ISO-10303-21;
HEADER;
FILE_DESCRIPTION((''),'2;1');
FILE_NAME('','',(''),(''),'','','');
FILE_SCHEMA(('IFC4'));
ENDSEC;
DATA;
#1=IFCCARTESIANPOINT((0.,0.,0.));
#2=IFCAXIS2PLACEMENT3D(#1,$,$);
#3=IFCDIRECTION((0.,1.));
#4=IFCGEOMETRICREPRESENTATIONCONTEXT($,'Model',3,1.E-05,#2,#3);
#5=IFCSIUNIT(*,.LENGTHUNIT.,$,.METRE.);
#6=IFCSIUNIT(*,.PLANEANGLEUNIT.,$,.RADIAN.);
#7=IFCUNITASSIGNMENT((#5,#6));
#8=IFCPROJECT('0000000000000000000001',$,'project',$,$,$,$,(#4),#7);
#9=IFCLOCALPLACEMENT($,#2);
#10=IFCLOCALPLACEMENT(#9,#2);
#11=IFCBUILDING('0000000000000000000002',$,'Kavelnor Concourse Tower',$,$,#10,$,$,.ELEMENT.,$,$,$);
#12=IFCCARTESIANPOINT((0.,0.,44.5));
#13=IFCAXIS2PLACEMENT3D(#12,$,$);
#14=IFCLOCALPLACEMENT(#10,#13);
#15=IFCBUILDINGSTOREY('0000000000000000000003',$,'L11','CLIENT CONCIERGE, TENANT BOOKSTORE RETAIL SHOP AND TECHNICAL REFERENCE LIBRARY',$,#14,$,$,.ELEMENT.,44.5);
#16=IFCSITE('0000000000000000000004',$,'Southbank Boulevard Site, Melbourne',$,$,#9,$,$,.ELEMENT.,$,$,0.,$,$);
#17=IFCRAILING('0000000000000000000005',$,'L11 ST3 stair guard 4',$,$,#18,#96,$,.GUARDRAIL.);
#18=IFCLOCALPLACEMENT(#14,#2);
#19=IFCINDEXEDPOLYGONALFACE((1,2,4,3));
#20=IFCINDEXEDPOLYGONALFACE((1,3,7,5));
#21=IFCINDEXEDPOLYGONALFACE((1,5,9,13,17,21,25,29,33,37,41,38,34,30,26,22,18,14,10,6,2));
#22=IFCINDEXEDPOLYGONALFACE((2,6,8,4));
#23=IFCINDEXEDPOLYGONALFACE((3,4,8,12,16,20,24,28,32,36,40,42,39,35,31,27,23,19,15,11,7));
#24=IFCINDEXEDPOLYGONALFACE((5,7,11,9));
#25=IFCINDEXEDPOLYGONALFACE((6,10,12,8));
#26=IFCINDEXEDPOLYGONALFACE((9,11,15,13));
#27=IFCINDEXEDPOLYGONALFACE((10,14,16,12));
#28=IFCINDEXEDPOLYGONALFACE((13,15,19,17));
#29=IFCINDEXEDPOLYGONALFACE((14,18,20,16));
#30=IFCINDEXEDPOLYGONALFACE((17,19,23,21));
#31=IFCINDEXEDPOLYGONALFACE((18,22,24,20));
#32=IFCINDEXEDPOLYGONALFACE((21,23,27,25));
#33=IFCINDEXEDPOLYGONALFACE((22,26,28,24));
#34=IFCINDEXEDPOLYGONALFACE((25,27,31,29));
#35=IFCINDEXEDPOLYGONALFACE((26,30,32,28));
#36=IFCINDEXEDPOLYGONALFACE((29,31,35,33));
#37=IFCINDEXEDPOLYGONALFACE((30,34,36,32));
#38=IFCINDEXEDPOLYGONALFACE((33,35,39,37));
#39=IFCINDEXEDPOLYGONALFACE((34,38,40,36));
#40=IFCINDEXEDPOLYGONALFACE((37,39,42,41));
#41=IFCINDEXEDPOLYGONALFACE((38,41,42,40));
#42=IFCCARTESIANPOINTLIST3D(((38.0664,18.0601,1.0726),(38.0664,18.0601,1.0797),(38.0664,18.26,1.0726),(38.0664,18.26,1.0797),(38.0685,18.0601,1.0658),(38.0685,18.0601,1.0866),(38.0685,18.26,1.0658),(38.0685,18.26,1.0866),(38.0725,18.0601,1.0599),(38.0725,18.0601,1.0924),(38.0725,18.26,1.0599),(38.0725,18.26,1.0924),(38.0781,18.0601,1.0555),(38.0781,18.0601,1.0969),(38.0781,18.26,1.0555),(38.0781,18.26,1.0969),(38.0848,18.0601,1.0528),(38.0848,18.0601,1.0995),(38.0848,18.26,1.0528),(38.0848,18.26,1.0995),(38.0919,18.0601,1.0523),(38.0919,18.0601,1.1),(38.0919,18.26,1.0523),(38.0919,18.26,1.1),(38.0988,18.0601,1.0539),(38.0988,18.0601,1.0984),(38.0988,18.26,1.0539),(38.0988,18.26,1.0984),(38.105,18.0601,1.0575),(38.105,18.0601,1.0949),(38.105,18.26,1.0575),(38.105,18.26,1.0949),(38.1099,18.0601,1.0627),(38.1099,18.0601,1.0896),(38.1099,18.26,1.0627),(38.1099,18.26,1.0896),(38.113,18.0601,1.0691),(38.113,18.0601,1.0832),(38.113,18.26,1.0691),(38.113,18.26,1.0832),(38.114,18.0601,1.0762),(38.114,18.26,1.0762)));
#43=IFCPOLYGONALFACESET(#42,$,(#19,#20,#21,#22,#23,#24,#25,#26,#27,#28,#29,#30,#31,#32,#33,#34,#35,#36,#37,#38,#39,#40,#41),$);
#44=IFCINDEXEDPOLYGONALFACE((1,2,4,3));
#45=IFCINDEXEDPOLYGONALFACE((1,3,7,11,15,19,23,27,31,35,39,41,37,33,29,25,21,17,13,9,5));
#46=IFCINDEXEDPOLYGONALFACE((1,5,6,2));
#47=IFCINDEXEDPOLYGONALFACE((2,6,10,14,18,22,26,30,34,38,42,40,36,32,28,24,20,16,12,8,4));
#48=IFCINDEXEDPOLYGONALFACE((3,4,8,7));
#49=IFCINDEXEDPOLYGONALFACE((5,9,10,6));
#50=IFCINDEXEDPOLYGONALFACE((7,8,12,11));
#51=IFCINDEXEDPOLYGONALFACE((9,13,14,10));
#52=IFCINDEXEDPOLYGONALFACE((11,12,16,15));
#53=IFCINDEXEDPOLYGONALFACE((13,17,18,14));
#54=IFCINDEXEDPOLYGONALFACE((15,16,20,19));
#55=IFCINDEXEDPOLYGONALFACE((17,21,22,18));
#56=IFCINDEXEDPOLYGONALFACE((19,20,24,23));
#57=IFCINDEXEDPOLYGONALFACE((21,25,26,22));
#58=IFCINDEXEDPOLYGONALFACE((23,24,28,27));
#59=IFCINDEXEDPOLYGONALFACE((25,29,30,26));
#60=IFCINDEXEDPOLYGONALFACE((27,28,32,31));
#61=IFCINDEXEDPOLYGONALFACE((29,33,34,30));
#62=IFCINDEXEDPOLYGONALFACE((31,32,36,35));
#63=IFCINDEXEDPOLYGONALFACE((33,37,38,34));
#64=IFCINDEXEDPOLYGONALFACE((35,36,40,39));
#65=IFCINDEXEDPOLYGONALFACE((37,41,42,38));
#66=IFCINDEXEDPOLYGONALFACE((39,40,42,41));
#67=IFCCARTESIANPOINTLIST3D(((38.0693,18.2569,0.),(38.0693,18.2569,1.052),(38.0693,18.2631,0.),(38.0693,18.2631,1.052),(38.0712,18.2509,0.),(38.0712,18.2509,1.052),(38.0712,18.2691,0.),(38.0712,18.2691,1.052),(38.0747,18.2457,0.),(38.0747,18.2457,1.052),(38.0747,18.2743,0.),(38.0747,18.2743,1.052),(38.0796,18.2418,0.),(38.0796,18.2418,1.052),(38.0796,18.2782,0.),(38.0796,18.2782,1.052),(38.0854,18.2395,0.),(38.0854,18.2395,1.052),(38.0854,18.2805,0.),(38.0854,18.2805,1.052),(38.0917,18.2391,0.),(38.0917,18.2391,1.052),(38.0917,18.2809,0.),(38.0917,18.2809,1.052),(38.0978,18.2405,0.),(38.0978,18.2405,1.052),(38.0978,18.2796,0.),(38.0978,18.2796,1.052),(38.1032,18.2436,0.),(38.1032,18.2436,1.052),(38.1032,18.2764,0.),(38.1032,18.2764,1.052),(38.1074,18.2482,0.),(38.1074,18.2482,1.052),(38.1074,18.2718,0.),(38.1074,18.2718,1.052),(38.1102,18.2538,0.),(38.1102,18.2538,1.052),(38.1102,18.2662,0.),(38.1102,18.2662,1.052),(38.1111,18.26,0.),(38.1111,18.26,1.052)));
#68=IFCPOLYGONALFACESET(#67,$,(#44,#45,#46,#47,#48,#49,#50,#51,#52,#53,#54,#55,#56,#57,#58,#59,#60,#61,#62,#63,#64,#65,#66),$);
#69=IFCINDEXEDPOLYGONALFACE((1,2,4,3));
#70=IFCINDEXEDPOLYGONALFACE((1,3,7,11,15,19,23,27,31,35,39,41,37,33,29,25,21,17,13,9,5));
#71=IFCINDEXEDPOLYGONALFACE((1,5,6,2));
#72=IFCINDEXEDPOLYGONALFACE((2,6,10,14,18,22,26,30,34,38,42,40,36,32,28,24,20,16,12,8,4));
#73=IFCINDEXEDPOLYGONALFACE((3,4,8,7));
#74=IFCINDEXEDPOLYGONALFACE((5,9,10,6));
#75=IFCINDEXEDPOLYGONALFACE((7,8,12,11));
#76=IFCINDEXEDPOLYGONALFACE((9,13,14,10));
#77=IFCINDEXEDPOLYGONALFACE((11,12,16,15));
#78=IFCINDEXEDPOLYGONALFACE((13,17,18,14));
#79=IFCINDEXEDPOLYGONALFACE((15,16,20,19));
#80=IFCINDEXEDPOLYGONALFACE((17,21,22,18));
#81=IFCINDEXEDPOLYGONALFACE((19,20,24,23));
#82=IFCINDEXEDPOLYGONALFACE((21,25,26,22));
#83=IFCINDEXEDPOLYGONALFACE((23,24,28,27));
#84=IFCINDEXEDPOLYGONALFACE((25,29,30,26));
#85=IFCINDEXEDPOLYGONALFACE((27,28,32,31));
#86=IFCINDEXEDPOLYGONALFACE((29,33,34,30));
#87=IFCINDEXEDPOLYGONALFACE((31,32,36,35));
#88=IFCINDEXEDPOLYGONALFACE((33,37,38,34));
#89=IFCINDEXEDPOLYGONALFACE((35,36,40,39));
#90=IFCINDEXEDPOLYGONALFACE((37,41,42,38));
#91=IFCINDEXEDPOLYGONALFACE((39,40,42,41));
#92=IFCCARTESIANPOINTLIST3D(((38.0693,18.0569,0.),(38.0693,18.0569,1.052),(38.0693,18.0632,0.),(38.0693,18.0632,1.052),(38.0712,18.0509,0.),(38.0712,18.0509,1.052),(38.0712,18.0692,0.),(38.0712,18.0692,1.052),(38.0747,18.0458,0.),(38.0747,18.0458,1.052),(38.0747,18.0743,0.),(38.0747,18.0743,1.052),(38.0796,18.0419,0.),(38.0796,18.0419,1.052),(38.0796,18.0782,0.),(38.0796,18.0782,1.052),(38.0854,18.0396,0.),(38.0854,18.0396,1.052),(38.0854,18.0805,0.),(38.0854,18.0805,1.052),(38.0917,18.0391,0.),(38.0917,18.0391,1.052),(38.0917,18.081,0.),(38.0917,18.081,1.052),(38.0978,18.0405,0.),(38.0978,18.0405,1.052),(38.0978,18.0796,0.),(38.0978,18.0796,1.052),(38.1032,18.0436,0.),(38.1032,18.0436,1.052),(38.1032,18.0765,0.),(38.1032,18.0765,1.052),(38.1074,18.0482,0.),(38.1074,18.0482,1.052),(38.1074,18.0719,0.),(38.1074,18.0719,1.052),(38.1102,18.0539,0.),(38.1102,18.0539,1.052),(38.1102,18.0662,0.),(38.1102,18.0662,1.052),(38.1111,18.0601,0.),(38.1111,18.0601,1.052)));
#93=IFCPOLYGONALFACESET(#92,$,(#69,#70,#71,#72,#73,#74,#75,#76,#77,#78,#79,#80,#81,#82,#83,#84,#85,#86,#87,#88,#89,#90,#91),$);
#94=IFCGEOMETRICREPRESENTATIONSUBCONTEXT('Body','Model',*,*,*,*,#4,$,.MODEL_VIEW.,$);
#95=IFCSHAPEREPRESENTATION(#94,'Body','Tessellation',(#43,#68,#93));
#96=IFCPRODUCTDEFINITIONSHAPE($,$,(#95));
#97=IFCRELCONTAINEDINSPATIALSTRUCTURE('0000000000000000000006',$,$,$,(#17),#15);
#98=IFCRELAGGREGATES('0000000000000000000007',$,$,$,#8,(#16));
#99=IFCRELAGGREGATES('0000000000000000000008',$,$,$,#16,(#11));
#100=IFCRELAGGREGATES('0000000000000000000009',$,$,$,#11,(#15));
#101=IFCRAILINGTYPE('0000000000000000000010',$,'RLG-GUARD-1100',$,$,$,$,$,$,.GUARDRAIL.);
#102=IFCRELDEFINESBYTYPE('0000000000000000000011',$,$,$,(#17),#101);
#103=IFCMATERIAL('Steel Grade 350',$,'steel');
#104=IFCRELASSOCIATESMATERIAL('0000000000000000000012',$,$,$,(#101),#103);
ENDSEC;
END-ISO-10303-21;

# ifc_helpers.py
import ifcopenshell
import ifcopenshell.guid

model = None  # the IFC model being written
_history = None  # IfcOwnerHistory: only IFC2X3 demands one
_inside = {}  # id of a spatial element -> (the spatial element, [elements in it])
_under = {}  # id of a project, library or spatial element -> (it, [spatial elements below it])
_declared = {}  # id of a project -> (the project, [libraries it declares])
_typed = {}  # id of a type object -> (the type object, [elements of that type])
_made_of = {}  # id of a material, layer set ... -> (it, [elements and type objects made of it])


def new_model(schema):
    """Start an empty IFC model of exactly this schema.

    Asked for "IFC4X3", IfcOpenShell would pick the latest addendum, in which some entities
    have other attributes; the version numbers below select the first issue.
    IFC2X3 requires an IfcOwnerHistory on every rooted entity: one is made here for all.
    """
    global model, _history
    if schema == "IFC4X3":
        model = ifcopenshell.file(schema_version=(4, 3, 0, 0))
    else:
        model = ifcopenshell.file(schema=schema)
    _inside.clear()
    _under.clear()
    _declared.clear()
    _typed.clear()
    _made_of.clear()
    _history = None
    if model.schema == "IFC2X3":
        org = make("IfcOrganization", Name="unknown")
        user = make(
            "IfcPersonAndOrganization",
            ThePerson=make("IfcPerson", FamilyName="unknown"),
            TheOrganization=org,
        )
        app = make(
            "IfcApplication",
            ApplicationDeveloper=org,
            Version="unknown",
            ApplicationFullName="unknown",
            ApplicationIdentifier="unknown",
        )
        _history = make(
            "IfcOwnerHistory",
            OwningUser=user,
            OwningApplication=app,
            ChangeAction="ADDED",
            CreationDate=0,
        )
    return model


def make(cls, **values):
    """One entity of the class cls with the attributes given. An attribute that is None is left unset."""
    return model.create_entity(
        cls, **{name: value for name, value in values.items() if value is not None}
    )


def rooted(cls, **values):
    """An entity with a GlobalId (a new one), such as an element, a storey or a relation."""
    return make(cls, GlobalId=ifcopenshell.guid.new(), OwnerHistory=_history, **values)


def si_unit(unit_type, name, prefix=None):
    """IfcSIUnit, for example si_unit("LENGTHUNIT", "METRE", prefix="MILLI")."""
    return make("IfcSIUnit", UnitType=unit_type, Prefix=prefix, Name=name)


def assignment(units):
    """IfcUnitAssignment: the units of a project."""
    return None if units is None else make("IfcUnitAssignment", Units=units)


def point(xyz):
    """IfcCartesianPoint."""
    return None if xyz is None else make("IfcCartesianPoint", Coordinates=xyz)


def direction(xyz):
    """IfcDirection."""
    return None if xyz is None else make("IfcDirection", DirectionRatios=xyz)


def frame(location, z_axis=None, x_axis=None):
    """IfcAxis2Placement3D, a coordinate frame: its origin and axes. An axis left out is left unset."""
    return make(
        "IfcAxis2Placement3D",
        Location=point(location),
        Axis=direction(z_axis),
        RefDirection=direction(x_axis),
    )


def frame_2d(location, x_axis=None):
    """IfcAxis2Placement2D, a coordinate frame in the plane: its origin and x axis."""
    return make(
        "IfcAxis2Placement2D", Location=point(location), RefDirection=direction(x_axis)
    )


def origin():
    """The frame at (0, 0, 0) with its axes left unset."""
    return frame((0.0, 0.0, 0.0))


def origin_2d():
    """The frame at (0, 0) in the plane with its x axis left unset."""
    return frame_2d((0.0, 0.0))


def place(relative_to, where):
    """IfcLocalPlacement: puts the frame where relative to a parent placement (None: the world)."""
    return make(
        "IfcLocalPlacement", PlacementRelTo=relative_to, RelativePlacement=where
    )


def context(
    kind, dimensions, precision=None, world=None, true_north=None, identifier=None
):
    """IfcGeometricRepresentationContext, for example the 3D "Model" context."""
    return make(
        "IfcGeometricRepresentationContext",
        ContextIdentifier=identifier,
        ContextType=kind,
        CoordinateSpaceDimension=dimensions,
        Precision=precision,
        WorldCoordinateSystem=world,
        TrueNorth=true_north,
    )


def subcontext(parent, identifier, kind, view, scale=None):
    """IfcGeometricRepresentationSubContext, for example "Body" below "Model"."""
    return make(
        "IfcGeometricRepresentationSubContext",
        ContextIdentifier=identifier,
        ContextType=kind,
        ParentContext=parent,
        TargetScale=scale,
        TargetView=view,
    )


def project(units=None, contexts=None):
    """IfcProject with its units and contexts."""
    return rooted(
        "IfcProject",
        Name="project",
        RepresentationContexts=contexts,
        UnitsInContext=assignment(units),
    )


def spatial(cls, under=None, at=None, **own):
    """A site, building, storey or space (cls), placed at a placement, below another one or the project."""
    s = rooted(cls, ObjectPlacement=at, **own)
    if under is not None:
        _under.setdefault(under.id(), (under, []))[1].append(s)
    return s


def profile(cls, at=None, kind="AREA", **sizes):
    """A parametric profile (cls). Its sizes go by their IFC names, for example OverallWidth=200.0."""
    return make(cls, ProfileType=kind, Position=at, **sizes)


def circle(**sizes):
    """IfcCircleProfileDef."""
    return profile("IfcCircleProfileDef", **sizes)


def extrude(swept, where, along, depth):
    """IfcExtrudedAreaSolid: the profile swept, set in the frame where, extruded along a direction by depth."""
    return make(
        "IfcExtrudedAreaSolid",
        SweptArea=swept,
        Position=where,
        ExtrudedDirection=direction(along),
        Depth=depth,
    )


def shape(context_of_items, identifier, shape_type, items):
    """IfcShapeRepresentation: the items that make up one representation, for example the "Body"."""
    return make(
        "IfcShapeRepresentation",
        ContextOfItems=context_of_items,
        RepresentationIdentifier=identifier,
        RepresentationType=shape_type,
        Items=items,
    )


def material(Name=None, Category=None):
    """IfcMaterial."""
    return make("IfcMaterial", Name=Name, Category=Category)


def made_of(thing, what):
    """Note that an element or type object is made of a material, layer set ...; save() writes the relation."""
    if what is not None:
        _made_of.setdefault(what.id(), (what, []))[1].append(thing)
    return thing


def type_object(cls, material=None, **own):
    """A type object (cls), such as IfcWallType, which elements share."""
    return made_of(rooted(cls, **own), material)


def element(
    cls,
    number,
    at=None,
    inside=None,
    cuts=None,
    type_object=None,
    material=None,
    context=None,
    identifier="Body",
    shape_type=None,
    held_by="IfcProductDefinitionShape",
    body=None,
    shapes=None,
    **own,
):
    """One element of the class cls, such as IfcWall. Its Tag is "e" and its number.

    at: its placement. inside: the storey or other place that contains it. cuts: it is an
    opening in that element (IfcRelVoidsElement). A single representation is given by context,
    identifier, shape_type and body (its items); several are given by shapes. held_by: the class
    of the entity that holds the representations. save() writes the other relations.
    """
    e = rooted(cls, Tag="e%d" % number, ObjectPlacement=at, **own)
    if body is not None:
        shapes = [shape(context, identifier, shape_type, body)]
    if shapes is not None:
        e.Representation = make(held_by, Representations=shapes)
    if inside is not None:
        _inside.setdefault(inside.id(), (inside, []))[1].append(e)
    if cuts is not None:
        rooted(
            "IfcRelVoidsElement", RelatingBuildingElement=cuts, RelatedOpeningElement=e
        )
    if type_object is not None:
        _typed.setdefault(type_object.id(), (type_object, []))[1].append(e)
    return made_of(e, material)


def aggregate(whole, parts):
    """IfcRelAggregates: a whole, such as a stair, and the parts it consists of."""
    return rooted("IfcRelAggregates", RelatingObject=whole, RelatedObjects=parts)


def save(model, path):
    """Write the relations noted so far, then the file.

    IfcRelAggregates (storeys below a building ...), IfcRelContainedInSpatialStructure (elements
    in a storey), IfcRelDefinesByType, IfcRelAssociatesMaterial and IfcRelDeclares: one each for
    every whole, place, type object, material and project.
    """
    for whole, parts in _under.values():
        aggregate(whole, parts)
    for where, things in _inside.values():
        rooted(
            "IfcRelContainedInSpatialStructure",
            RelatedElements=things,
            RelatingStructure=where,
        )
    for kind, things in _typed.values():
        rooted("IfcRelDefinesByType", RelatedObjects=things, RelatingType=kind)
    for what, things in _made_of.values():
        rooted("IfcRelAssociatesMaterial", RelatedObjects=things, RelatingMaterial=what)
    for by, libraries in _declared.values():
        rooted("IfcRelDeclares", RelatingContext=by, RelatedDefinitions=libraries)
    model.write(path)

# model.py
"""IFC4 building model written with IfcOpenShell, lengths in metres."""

from ifc_helpers import new_model, si_unit, direction, frame, origin, origin_2d, place, context, subcontext, project, spatial, circle, extrude, material, type_object, element, save


model = new_model("IFC4")

# Units and contexts
model_context = context("Model", 3, precision=1e-05, world=origin(), true_north=direction((0.0, 1.0)))
body_context = subcontext(model_context, "Body", "Model", "MODEL_VIEW")
ifc_project = project(units=[si_unit("LENGTHUNIT", "METRE"), si_unit("PLANEANGLEUNIT", "RADIAN")], contexts=[model_context])

# Site, building, storey
site_placement = place(None, origin())
site = spatial("IfcSite", under=ifc_project, at=site_placement, Name="Southbank Boulevard Site, Melbourne", CompositionType="ELEMENT", RefElevation=0.0)
building_placement = place(site_placement, origin())
building = spatial("IfcBuilding", under=site, at=building_placement, Name="Kavelnor Concourse Tower", CompositionType="ELEMENT")
storey_placement = place(building_placement, frame((0.0, 0.0, 44.5)))
storey = spatial("IfcBuildingStorey", under=building, at=storey_placement, Name="L11", Description="CLIENT CONCIERGE, TENANT BOOKSTORE RETAIL SHOP AND TECHNICAL REFERENCE LIBRARY", CompositionType="ELEMENT", Elevation=44.5)

# Shared definitions
ifc_material_1 = material(Name="Steel Grade 350", Category="steel")

# Railing
railing_type_1 = type_object("IfcRailingType", Name="RLG-GUARD-1100", PredefinedType="GUARDRAIL", material=ifc_material_1)
railing_1_placement = place(storey_placement, frame((38.0901, 18.26, 0.0)))
element("IfcRailing", 1, at=railing_1_placement, inside=storey, type_object=railing_type_1, Name="L11 ST3 stair guard 4", PredefinedType="GUARDRAIL", context=body_context, shape_type="SweptSolid", body=[
    extrude(circle(Radius=0.0239, at=origin_2d()), frame((0.0, 0.0, 1.0762), z_axis=(0.0, -1.0, 0.0), x_axis=(1.0, 0.0, 0.0)), (0.0, 0.0, 1.0), 0.2),
    extrude(circle(Radius=0.021, at=origin_2d()), origin(), (0.0, 0.0, 1.0), 1.052),
    extrude(circle(Radius=0.021, at=origin_2d()), frame((0.0, -0.2, 0.0)), (0.0, 0.0, 1.0), 1.052),
])

save(model, "model.ifc")
